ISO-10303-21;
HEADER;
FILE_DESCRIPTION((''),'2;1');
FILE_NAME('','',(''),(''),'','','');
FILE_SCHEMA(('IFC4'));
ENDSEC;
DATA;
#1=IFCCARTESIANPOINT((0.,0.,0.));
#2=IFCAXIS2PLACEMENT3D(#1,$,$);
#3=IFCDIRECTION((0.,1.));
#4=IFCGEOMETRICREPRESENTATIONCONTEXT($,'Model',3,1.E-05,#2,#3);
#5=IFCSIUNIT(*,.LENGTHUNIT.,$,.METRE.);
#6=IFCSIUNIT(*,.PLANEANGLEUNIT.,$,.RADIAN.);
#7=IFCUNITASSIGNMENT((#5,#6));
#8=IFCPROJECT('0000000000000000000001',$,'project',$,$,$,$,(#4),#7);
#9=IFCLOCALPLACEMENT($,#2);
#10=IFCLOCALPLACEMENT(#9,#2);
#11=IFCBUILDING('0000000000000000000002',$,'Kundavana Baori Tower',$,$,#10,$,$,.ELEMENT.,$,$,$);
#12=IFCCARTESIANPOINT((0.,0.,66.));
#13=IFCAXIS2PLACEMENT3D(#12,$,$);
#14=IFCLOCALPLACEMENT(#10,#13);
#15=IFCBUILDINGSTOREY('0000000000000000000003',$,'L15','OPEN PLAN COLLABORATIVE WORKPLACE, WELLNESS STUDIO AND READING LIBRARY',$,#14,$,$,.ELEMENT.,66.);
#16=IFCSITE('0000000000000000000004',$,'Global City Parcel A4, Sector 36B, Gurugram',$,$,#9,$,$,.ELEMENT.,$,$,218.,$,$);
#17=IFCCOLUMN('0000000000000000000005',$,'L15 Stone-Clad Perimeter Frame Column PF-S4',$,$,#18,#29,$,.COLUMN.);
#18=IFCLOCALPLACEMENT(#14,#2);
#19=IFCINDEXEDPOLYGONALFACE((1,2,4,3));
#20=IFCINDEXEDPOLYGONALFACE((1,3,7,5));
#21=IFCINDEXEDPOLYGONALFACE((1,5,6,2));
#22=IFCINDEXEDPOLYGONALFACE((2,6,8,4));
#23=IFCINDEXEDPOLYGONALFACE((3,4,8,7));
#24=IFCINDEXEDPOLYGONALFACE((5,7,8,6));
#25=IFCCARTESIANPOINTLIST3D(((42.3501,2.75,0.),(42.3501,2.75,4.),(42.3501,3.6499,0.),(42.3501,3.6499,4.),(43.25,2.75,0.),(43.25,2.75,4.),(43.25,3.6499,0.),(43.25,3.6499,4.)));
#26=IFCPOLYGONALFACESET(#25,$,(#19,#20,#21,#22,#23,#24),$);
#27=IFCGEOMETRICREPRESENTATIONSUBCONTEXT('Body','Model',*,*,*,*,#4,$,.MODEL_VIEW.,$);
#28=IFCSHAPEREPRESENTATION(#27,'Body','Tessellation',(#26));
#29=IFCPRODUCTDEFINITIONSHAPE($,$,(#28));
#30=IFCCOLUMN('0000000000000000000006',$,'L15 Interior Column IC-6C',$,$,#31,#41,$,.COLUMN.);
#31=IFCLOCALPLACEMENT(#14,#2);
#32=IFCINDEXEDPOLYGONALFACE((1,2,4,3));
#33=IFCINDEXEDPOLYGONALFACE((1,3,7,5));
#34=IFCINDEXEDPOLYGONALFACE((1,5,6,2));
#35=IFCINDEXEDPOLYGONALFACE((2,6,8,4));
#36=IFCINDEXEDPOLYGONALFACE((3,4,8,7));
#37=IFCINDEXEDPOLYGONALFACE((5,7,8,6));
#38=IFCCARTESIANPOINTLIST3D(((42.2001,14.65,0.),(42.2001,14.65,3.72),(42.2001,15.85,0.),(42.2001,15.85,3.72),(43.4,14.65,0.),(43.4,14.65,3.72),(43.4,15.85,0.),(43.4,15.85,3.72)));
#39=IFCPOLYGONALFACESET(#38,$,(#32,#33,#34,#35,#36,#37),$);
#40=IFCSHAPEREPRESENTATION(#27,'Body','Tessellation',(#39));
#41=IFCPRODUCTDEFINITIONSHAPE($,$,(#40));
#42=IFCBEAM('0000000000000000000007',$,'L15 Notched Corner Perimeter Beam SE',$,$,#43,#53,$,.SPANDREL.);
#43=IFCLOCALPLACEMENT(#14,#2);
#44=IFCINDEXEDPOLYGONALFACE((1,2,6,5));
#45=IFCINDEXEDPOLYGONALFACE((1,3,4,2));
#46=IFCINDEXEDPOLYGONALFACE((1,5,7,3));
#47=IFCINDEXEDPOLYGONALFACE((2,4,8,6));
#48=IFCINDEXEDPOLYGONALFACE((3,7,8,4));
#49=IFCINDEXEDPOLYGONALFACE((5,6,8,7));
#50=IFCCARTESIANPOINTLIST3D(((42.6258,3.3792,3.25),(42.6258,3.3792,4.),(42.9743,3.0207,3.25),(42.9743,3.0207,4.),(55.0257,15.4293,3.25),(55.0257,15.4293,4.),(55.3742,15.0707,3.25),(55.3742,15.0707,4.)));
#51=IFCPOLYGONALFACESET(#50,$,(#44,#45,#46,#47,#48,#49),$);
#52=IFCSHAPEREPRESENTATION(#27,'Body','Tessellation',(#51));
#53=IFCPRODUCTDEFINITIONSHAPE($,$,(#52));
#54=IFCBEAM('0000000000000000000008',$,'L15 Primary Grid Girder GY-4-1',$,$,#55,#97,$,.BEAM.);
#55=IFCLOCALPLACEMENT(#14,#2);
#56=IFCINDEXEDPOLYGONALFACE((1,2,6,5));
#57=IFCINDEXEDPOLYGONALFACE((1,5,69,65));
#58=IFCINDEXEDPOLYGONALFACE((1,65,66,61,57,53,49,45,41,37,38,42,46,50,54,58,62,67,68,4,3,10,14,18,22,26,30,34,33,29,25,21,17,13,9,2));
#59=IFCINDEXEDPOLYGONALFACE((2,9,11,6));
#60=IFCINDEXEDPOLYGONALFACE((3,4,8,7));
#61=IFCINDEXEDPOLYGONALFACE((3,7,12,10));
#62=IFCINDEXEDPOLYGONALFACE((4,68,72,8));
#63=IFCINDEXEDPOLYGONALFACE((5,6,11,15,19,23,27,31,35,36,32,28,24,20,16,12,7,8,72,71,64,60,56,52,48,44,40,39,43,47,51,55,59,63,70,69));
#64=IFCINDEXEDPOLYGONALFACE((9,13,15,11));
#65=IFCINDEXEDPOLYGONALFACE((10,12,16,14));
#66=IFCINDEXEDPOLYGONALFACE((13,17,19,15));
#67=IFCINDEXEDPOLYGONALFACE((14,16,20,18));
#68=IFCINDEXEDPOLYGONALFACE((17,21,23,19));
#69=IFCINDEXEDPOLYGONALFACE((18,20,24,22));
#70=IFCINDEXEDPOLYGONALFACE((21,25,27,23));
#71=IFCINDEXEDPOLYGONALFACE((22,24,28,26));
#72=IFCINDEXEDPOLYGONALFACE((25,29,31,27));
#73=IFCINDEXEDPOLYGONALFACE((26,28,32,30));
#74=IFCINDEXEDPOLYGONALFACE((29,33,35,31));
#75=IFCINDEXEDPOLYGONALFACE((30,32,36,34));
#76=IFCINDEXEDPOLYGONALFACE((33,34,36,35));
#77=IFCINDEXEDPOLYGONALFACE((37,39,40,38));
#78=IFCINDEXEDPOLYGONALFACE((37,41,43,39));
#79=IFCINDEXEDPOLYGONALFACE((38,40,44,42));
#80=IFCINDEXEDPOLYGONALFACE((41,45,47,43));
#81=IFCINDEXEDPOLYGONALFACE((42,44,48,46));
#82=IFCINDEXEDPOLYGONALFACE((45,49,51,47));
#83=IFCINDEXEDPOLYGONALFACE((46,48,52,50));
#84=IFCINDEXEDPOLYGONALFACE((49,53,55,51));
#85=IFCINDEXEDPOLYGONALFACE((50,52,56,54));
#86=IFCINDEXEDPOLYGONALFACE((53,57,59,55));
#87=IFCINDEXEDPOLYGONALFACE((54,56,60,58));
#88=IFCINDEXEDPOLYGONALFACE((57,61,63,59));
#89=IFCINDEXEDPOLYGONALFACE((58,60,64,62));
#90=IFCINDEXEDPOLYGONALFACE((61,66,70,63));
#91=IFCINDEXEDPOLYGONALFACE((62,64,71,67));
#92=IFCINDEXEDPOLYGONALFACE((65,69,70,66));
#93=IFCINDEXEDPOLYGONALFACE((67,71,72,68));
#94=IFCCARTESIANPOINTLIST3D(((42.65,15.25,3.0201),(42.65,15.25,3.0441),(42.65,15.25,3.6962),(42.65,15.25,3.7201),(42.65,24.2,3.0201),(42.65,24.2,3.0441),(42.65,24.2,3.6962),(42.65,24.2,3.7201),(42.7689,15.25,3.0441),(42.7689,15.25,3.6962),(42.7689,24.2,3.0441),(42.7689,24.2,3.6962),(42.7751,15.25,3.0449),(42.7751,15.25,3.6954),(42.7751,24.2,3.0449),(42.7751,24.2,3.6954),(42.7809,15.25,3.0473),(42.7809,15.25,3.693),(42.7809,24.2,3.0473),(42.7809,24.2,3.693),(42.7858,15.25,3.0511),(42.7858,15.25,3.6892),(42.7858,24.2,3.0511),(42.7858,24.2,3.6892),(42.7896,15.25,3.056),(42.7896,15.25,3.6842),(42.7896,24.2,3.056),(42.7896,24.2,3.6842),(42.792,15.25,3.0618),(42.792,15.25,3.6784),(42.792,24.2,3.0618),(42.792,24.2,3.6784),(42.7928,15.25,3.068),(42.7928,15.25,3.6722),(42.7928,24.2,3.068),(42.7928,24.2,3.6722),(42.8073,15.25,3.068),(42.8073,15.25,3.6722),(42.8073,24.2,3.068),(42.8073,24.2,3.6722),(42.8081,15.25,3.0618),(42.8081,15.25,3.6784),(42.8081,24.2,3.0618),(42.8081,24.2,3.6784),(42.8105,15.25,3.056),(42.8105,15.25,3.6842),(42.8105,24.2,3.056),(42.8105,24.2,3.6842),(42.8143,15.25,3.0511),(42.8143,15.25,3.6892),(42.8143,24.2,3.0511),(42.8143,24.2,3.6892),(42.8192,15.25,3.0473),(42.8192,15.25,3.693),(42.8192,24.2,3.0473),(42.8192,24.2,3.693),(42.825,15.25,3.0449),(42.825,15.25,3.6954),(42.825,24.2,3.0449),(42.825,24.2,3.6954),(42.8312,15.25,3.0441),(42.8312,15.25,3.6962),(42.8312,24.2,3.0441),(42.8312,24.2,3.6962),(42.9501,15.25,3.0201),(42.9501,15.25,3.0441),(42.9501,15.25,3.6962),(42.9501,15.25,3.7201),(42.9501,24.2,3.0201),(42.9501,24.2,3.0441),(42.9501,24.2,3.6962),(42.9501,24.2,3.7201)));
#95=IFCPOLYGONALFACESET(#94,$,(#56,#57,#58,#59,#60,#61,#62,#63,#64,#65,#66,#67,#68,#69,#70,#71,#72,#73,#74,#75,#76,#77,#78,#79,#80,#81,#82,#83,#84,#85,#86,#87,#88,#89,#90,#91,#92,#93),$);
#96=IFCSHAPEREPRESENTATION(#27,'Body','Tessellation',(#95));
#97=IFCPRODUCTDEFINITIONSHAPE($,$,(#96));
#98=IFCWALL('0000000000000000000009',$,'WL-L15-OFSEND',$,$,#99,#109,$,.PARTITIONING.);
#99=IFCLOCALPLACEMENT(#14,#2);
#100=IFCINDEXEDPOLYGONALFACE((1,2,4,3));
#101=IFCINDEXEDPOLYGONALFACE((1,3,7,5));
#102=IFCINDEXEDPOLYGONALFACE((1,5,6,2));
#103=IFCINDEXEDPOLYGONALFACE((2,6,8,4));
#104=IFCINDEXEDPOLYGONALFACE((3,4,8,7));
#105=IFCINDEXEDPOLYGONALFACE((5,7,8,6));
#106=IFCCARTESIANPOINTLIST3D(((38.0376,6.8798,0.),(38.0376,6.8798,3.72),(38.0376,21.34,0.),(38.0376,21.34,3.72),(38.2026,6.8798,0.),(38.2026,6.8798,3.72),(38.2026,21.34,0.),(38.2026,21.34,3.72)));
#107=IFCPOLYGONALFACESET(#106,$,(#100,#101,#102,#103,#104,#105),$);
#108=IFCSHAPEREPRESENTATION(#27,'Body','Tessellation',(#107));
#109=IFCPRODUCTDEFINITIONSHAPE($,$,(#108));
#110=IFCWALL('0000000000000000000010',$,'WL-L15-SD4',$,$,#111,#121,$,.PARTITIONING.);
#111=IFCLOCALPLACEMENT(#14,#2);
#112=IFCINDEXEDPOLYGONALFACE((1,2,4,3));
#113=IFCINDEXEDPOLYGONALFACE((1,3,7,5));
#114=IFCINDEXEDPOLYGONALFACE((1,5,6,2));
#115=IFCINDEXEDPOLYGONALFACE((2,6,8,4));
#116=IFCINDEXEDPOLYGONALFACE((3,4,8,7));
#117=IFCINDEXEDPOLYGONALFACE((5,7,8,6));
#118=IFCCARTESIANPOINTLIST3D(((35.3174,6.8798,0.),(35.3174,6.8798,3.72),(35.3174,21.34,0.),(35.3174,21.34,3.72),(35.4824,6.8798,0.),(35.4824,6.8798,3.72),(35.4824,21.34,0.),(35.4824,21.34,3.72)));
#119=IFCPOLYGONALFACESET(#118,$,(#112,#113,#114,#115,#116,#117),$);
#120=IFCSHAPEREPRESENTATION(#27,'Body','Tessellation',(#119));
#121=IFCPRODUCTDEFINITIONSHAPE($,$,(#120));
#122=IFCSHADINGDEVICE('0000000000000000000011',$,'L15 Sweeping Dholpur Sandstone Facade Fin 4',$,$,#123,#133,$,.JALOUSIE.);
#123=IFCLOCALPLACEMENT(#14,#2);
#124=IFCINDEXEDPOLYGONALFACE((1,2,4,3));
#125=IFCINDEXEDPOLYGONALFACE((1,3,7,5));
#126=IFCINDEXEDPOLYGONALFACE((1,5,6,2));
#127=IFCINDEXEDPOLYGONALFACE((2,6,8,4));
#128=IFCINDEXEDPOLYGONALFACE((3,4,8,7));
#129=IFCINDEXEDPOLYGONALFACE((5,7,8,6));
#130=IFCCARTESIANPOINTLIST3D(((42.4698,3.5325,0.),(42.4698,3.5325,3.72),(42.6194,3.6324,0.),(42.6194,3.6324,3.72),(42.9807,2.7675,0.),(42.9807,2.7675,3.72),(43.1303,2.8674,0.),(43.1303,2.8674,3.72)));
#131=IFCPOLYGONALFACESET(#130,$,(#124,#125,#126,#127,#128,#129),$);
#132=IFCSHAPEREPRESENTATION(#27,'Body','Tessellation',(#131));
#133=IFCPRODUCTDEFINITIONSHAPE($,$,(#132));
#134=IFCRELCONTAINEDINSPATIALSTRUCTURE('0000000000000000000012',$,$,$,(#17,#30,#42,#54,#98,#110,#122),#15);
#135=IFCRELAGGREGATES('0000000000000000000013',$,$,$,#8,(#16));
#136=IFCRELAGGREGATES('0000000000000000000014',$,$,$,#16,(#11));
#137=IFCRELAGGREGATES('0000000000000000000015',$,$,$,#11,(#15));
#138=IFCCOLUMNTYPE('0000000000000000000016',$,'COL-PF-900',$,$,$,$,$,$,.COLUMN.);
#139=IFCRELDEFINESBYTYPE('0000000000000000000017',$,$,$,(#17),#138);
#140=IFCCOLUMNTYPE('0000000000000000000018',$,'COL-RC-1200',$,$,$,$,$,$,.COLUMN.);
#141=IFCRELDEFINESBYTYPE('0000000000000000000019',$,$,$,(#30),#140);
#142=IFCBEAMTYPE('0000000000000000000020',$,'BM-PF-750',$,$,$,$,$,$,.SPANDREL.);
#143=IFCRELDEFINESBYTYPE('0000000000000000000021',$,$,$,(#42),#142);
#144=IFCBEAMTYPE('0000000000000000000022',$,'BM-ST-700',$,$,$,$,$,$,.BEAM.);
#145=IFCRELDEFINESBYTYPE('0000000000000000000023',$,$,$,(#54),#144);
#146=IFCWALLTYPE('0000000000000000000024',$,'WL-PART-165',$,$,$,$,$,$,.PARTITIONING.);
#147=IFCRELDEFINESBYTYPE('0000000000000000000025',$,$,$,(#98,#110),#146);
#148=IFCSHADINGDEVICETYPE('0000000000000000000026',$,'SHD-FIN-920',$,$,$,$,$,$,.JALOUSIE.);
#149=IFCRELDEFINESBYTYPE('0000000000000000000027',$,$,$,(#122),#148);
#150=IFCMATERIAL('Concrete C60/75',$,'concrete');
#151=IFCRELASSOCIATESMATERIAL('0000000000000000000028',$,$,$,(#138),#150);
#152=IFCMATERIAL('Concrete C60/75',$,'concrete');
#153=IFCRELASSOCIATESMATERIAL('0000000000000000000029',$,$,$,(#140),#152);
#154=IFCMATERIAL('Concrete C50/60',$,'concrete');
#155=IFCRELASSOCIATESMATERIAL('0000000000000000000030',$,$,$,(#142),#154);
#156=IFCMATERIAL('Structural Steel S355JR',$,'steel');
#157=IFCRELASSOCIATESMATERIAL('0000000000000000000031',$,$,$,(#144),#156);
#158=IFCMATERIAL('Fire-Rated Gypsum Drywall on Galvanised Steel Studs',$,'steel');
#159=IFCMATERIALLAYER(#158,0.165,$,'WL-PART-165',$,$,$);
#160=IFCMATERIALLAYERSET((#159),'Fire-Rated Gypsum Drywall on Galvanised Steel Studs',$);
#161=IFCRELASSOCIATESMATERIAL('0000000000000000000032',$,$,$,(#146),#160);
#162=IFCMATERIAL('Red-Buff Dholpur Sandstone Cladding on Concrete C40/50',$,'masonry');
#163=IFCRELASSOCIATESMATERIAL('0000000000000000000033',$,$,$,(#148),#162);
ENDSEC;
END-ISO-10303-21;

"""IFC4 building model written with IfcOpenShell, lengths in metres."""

from ifc_helpers import new_model, si_unit, direction, frame, frame_2d, origin, origin_2d, place, context, subcontext, project, spatial, rectangle, i_section, extrude, material, layer, layer_set, material_profile, profile_set, type_object, element, save


model = new_model("IFC4")

# Units and contexts
model_context = context("Model", 3, precision=1e-05, world=origin(), true_north=direction((0.0, 1.0)))
body_context = subcontext(model_context, "Body", "Model", "MODEL_VIEW")
ifc_project = project(units=[si_unit("LENGTHUNIT", "METRE"), si_unit("PLANEANGLEUNIT", "RADIAN")], contexts=[model_context])

# Site, building, storey
site_placement = place(None, origin())
site = spatial("IfcSite", under=ifc_project, at=site_placement, Name="Global City Parcel A4, Sector 36B, Gurugram", CompositionType="ELEMENT", RefElevation=218.0)
building_placement = place(site_placement, origin())
building = spatial("IfcBuilding", under=site, at=building_placement, Name="Kundavana Baori Tower", CompositionType="ELEMENT")
storey_placement = place(building_placement, frame((0.0, 0.0, 66.0)))
storey = spatial("IfcBuildingStorey", under=building, at=storey_placement, Name="L15", Description="OPEN PLAN COLLABORATIVE WORKPLACE, WELLNESS STUDIO AND READING LIBRARY", CompositionType="ELEMENT", Elevation=66.0)

# Columns
ifc_material_1 = material(Name="Concrete C60/75", Category="concrete")
ifc_material_profile_1 = material_profile(ifc_material_1, rectangle(XDim=0.8999, YDim=0.8999, at=origin_2d()), Name="RC PF 900x900")
ifc_profile_set_1 = profile_set([ifc_material_profile_1], Name="Concrete C60/75")
column_type_1 = type_object("IfcColumnType", Name="COL-PF-900", PredefinedType="COLUMN", material=ifc_profile_set_1)
column_1_placement = place(storey_placement, frame((42.8, 3.2, 0.0), z_axis=(0.0, 0.0, 1.0), x_axis=(1.0, 0.0, 0.0)))
element("IfcColumn", 1, at=column_1_placement, inside=storey, type_object=column_type_1, Name="L15 Stone-Clad Perimeter Frame Column PF-S4", PredefinedType="COLUMN", context=body_context, shape_type="SweptSolid", body=[
    extrude(rectangle(XDim=0.8999, YDim=0.8999, at=origin_2d()), origin(), (0.0, 0.0, 1.0), 4.0),
])
ifc_material_2 = material(Name="Concrete C60/75", Category="concrete")
ifc_material_profile_2 = material_profile(ifc_material_2, rectangle(XDim=1.2, YDim=1.2, at=origin_2d()), Name="RC 1200x1200")
ifc_profile_set_2 = profile_set([ifc_material_profile_2], Name="Concrete C60/75")
column_type_2 = type_object("IfcColumnType", Name="COL-RC-1200", PredefinedType="COLUMN", material=ifc_profile_set_2)
column_2_placement = place(storey_placement, frame((42.8, 15.25, 0.0), z_axis=(0.0, 0.0, 1.0), x_axis=(1.0, 0.0, 0.0)))
element("IfcColumn", 2, at=column_2_placement, inside=storey, type_object=column_type_2, Name="L15 Interior Column IC-6C", PredefinedType="COLUMN", context=body_context, shape_type="SweptSolid", body=[
    extrude(rectangle(XDim=1.2, YDim=1.2, at=origin_2d()), origin(), (0.0, 0.0, 1.0), 3.72),
])

# Beams
ifc_material_3 = material(Name="Concrete C50/60", Category="concrete")
ifc_material_profile_3 = material_profile(ifc_material_3, rectangle(XDim=0.5, YDim=0.75, at=origin_2d()), Name="RC BM 500x750")
ifc_profile_set_3 = profile_set([ifc_material_profile_3], Name="Concrete C50/60")
beam_type_1 = type_object("IfcBeamType", Name="BM-PF-750", PredefinedType="SPANDREL", material=ifc_profile_set_3)
beam_1_placement = place(storey_placement, frame((42.8, 3.2, 3.625), z_axis=(0.717151, 0.696917, 0.0), x_axis=(-0.696917, 0.717151, 0.0)))
element("IfcBeam", 3, at=beam_1_placement, inside=storey, type_object=beam_type_1, Name="L15 Notched Corner Perimeter Beam SE", PredefinedType="SPANDREL", context=body_context, shape_type="SweptSolid", body=[
    extrude(rectangle(XDim=0.5, YDim=0.75, at=origin_2d()), origin(), (0.0, 0.0, 1.0), 17.2905),
])
ifc_material_4 = material(Name="Structural Steel S355JR", Category="steel")
ifc_material_profile_4 = material_profile(ifc_material_4, i_section(OverallWidth=0.3, OverallDepth=0.7, WebThickness=0.0144, FlangeThickness=0.0239, FilletRadius=0.0239, at=origin_2d()), Name="NPB 700x300x170")
ifc_profile_set_4 = profile_set([ifc_material_profile_4], Name="Structural Steel S355JR")
beam_type_2 = type_object("IfcBeamType", Name="BM-ST-700", PredefinedType="BEAM", material=ifc_profile_set_4)
beam_2_placement = place(storey_placement, frame((42.8, 15.25, 3.3701), z_axis=(0.0, 1.0, 0.0), x_axis=(-1.0, 0.0, 0.0)))
element("IfcBeam", 4, at=beam_2_placement, inside=storey, type_object=beam_type_2, Name="L15 Primary Grid Girder GY-4-1", PredefinedType="BEAM", context=body_context, shape_type="SweptSolid", body=[
    extrude(i_section(OverallWidth=0.3, OverallDepth=0.7, WebThickness=0.0144, FlangeThickness=0.0239, FilletRadius=0.0239, at=origin_2d()), origin(), (0.0, 0.0, 1.0), 8.95),
])

# Walls
ifc_material_5 = material(Name="Fire-Rated Gypsum Drywall on Galvanised Steel Studs", Category="steel")
ifc_layer = layer(ifc_material_5, 0.165, Name="WL-PART-165")
ifc_layer_set = layer_set([ifc_layer], Name="Fire-Rated Gypsum Drywall on Galvanised Steel Studs")
wall_type = type_object("IfcWallType", Name="WL-PART-165", PredefinedType="PARTITIONING", material=ifc_layer_set)
for number, where, z_axis, x_axis, name in (
    (5, (38.1201, 6.8799, 0.0), (0.0, 0.0, 1.0), (0.0, 1.0, 0.0), "WL-L15-OFSEND"),
    (6, (35.3999, 6.8799, 0.0), (0.0, 0.0, 1.0), (0.0, 1.0, 0.0), "WL-L15-SD4"),
):
    element("IfcWall", number, at=place(storey_placement, frame(where, z_axis=z_axis, x_axis=x_axis)), inside=storey, type_object=wall_type, Name=name, PredefinedType="PARTITIONING", context=body_context, shape_type="SweptSolid", body=[
        extrude(rectangle(XDim=14.4602, YDim=0.165, at=frame_2d((7.23, 0.0))), origin(), (0.0, 0.0, 1.0), 3.72),
    ])

# Shading device
ifc_material_6 = material(Name="Red-Buff Dholpur Sandstone Cladding on Concrete C40/50", Category="masonry")
shading_device_type = type_object("IfcShadingDeviceType", Name="SHD-FIN-920", PredefinedType="JALOUSIE", material=ifc_material_6)
shading_device_placement = place(storey_placement, frame((42.8, 3.2, 0.0), z_axis=(0.0, 0.0, 1.0), x_axis=(0.831567, 0.555425, 0.0)))
element("IfcShadingDevice", 7, at=shading_device_placement, inside=storey, type_object=shading_device_type, Name="L15 Sweeping Dholpur Sandstone Facade Fin 4", PredefinedType="JALOUSIE", context=body_context, shape_type="SweptSolid", body=[
    extrude(rectangle(XDim=0.1799, YDim=0.9199, at=origin_2d()), origin(), (0.0, 0.0, 1.0), 3.72),
])

save(model, "model.ifc")
